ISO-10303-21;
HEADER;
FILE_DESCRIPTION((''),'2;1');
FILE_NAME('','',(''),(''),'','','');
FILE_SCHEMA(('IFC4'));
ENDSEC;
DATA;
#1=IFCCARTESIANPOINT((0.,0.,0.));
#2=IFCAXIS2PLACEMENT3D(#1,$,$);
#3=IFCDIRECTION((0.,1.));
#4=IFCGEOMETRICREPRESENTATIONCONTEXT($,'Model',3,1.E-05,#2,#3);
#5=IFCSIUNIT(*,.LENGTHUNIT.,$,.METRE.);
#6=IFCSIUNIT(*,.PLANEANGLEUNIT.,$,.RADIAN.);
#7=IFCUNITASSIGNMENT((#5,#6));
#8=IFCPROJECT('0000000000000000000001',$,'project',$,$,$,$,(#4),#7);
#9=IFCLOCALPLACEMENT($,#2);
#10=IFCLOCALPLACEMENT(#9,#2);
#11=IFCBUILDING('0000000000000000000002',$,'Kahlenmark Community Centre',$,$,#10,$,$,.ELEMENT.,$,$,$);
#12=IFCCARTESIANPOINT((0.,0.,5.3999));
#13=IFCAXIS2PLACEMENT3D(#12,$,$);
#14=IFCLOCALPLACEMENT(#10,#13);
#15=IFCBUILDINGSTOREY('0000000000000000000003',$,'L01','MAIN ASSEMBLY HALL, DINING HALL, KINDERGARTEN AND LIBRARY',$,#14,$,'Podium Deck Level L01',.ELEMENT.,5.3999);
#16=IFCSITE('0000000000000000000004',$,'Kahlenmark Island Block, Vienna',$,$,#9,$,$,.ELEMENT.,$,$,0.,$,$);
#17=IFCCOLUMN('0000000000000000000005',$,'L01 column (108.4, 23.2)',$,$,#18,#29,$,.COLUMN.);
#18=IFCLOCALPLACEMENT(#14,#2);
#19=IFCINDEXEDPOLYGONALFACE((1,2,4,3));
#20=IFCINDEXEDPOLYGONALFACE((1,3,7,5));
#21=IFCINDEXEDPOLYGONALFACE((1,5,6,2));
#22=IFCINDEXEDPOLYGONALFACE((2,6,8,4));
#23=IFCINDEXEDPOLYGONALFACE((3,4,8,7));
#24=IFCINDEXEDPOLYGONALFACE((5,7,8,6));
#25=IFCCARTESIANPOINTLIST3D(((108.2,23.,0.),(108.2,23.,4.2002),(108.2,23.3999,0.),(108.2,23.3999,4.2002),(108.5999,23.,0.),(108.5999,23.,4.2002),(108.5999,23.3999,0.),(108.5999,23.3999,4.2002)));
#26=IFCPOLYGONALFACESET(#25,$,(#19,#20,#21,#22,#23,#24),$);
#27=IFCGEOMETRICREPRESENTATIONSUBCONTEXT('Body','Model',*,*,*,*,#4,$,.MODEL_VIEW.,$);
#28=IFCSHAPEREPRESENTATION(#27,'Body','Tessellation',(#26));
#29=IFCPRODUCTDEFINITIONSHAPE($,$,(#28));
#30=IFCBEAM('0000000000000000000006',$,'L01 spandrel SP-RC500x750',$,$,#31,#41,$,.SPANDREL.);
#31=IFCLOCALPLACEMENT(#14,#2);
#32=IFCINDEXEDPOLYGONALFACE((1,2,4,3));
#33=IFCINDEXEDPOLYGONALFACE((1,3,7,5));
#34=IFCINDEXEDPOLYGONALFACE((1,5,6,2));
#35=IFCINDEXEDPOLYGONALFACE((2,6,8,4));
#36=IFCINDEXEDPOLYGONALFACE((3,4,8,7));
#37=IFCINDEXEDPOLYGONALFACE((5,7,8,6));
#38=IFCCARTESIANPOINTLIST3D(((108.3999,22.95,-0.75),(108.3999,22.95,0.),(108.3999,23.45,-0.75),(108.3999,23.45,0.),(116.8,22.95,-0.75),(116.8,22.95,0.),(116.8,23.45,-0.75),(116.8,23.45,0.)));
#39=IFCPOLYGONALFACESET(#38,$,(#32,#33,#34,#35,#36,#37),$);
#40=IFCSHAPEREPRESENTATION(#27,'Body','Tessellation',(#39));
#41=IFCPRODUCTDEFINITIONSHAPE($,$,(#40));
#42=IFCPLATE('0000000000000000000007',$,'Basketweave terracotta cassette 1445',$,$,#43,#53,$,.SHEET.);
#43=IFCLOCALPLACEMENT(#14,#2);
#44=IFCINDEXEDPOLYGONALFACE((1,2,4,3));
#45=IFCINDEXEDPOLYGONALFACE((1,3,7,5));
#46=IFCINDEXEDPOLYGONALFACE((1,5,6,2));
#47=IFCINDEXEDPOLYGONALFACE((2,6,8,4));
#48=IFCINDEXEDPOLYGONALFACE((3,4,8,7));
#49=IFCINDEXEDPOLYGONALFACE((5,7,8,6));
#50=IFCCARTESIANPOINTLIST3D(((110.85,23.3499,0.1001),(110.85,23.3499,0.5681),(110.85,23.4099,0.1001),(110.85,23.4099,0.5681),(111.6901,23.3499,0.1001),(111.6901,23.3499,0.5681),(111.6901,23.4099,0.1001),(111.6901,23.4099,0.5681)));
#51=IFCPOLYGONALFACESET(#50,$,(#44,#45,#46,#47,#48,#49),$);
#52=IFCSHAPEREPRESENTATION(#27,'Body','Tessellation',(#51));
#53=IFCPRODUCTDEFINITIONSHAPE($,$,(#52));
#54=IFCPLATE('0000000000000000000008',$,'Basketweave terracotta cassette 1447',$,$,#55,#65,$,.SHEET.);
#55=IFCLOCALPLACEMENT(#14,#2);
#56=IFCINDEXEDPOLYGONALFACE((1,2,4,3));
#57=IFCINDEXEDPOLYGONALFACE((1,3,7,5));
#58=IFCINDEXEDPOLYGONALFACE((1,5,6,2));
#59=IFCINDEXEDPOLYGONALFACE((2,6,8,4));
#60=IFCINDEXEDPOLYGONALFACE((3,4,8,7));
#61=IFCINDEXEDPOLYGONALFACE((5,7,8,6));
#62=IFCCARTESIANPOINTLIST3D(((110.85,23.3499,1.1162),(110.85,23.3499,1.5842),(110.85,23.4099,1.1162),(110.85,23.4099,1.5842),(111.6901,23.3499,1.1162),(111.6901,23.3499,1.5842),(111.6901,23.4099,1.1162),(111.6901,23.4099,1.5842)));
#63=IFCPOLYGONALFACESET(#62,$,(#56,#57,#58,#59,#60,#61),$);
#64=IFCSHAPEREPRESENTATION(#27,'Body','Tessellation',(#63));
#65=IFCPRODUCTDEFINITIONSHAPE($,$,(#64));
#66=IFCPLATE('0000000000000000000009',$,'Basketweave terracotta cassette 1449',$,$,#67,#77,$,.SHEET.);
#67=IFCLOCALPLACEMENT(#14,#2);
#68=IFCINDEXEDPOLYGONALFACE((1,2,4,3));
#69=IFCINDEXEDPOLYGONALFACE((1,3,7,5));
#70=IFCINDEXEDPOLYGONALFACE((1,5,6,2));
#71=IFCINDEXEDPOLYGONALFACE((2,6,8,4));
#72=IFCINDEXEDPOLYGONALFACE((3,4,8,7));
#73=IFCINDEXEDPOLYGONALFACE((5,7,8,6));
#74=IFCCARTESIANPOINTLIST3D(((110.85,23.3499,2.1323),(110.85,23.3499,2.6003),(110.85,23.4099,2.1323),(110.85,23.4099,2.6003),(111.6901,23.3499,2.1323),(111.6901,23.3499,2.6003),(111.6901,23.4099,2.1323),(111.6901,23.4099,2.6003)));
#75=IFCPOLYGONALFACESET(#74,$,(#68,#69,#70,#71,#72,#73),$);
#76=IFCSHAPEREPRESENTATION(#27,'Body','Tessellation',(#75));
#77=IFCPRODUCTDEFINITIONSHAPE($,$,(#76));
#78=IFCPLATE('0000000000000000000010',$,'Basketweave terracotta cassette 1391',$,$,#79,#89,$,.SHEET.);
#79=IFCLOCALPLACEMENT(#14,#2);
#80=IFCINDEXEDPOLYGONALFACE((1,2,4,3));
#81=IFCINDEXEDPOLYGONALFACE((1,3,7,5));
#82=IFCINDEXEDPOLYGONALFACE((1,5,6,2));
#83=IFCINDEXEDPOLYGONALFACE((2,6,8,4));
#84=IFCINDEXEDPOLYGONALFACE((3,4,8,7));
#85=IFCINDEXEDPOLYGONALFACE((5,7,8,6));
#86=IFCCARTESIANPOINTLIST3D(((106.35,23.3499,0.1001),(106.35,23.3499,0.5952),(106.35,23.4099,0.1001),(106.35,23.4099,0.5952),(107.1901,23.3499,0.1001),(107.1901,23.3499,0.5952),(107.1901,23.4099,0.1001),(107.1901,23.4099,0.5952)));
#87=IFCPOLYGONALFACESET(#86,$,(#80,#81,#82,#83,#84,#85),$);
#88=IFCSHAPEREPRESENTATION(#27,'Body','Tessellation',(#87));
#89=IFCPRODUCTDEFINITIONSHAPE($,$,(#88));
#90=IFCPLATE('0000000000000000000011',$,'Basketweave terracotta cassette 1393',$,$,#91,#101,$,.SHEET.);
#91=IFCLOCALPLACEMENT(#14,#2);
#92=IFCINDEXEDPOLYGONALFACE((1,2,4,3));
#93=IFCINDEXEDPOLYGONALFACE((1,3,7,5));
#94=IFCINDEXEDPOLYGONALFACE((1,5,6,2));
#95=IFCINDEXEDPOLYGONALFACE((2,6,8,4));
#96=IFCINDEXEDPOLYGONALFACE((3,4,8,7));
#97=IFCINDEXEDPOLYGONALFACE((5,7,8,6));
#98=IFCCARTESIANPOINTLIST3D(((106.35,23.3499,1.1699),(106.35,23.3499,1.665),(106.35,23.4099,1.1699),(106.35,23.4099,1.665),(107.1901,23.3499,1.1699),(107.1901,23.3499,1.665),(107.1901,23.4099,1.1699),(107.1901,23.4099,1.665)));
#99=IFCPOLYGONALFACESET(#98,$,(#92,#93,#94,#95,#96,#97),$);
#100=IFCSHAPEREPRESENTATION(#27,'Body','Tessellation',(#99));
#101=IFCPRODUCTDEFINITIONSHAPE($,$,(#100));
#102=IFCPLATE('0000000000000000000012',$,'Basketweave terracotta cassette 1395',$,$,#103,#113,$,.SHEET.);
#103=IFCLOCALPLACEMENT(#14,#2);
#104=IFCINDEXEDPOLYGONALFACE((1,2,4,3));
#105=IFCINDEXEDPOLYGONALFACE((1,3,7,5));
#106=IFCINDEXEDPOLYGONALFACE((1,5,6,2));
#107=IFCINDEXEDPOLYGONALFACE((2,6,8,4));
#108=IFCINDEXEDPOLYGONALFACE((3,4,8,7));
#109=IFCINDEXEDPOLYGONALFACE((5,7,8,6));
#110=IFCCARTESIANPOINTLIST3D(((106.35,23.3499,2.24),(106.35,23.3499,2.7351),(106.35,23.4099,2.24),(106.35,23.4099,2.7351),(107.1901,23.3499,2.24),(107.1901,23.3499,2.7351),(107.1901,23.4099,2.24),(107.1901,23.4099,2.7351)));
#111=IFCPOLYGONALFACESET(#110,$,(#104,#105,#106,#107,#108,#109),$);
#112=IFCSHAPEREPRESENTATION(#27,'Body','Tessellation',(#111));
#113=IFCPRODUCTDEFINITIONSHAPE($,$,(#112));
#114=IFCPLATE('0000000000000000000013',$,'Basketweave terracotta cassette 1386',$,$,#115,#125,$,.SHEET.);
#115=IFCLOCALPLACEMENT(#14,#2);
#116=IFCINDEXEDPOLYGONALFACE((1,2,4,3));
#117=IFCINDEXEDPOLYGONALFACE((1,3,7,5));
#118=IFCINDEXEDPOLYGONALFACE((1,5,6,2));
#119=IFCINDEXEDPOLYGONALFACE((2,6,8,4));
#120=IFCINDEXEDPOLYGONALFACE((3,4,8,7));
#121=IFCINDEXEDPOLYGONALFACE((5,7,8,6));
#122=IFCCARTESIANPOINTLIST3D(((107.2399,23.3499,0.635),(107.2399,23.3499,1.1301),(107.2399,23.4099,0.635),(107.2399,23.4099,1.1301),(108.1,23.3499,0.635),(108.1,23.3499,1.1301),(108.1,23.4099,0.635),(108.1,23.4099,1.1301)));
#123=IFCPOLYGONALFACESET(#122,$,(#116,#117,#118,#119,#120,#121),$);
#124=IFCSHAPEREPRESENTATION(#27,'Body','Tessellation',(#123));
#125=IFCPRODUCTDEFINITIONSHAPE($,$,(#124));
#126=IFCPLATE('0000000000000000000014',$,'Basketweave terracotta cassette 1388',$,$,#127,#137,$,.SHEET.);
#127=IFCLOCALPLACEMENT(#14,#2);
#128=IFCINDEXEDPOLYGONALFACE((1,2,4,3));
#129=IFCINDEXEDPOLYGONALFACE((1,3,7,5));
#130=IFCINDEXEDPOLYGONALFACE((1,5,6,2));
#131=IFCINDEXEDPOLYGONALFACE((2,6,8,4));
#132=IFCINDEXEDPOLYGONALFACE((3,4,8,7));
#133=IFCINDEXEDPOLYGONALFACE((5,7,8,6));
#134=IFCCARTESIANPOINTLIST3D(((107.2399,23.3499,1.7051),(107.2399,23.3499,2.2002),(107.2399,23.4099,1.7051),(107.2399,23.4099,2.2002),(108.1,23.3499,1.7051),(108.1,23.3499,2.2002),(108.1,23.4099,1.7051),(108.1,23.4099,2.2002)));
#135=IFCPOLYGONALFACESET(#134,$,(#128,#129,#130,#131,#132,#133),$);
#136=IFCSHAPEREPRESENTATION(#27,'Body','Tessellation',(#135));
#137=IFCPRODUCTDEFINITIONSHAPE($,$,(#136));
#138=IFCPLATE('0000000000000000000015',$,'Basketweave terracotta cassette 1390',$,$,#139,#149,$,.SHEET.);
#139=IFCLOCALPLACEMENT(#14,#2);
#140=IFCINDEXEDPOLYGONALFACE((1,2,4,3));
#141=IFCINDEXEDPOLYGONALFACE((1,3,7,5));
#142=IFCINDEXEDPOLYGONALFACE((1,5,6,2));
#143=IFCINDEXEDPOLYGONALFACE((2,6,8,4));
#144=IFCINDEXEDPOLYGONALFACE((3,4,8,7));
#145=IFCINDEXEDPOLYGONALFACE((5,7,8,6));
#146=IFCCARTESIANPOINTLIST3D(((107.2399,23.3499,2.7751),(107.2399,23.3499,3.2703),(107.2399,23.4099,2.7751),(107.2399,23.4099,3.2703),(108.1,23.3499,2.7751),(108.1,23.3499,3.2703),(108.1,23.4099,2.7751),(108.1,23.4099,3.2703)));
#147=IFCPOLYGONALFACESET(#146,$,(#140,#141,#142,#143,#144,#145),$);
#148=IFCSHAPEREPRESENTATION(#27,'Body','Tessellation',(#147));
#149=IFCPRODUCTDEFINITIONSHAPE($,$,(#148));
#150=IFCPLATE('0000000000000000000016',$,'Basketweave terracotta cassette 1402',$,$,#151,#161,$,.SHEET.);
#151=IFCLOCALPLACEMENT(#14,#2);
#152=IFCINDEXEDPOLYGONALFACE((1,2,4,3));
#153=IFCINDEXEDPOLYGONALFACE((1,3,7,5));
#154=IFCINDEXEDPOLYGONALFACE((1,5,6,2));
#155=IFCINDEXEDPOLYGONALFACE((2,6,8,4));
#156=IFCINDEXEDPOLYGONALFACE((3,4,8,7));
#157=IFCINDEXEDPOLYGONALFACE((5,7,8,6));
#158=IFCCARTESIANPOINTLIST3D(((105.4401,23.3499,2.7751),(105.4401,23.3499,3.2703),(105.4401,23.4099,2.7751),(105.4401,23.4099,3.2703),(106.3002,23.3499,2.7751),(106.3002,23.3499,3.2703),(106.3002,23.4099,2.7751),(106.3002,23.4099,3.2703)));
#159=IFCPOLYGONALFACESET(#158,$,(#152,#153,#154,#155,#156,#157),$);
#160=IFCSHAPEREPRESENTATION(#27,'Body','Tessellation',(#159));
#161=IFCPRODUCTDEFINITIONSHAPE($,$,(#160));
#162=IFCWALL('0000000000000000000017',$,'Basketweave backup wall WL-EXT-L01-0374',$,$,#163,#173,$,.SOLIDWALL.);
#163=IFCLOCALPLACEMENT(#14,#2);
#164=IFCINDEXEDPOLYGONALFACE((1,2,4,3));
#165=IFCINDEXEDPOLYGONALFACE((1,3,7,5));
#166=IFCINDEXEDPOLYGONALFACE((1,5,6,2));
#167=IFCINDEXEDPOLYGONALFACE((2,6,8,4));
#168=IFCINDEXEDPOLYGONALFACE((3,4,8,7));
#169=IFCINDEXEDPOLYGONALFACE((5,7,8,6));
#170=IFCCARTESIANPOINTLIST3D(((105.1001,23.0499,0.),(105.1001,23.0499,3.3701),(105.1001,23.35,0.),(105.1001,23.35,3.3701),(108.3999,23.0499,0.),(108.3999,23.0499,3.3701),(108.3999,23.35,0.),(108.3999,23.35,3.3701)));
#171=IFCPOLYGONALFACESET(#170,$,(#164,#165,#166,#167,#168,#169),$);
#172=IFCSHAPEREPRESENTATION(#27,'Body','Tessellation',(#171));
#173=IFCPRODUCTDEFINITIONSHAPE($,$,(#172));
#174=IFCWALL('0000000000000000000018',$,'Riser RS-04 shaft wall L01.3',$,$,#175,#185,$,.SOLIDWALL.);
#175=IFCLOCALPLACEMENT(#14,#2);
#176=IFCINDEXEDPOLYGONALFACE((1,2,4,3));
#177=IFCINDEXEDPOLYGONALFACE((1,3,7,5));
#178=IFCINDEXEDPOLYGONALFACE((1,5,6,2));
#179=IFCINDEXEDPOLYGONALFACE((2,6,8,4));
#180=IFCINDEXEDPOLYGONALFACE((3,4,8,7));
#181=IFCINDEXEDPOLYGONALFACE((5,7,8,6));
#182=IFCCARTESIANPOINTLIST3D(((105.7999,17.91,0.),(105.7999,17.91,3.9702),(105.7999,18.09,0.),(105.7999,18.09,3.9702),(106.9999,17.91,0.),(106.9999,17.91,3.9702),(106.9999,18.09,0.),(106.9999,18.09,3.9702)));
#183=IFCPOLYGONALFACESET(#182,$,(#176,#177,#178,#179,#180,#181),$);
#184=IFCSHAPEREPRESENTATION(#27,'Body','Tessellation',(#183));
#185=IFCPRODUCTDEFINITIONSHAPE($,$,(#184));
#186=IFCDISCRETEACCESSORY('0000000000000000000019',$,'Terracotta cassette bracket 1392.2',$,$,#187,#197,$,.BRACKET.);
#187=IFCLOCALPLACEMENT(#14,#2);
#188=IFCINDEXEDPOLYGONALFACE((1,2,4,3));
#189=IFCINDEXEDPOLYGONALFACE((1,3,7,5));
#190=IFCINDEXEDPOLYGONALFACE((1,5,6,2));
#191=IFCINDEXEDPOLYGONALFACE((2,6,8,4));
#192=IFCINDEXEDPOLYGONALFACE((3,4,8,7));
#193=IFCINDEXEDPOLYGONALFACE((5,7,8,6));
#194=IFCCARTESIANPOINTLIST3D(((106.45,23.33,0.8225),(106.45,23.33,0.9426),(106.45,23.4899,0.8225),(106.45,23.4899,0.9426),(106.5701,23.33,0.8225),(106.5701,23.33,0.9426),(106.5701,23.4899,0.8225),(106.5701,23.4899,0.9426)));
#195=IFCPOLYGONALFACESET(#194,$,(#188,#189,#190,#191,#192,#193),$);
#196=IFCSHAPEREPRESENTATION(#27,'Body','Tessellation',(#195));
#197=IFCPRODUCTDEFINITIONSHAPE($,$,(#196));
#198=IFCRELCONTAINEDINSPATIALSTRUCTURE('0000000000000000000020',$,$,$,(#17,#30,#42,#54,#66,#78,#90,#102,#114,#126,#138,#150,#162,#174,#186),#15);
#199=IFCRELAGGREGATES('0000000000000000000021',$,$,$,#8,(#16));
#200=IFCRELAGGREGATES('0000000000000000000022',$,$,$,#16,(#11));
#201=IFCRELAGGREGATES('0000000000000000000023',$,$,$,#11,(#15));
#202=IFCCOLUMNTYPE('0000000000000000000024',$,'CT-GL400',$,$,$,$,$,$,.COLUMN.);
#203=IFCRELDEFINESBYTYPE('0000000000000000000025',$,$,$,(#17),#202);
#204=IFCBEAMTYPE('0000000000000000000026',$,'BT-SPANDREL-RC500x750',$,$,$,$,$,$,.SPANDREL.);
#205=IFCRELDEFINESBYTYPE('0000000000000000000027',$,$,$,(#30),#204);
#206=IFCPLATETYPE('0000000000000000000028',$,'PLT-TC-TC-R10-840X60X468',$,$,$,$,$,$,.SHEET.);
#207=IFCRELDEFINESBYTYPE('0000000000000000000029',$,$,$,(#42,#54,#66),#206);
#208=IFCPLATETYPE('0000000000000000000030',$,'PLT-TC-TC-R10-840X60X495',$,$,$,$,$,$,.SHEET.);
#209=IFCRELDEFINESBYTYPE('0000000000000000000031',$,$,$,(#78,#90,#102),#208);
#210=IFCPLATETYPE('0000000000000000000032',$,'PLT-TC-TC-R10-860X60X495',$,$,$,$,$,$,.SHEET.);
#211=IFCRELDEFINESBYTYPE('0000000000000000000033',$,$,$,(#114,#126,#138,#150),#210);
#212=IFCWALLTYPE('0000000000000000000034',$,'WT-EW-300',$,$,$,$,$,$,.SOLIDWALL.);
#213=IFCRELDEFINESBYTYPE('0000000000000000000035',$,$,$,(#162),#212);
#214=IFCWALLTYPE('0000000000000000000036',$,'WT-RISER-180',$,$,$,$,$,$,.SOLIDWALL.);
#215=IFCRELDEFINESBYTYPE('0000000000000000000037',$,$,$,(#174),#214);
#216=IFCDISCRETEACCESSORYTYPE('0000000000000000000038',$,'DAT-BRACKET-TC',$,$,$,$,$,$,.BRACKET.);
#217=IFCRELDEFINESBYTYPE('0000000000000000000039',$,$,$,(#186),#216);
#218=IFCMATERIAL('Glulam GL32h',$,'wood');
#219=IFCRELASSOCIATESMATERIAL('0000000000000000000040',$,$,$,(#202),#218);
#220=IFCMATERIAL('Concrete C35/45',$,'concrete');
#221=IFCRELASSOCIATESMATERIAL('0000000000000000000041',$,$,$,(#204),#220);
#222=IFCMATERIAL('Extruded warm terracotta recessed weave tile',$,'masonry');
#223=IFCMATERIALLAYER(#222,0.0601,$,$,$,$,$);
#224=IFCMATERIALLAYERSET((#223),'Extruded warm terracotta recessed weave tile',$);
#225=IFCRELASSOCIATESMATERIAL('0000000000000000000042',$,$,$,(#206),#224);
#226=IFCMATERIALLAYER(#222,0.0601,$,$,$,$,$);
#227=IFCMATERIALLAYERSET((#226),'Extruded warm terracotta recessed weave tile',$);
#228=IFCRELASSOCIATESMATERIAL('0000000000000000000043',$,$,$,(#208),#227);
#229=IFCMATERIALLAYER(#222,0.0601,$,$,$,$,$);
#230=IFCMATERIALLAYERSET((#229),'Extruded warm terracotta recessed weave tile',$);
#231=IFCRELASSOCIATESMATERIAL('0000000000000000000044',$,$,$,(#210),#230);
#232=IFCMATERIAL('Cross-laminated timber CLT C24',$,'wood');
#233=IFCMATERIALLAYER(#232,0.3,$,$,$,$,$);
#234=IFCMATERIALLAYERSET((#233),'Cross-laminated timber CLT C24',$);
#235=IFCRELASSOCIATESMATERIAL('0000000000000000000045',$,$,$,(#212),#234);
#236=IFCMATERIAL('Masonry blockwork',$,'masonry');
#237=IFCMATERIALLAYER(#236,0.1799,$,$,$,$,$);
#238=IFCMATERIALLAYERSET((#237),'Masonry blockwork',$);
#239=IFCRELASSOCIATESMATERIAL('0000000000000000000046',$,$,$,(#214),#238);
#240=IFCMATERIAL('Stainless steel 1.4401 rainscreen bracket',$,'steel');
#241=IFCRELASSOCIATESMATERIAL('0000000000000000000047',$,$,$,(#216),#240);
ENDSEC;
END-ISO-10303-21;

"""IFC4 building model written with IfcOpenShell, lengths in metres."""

from ifc_helpers import new_model, si_unit, direction, frame, frame_2d, origin, origin_2d, place, context, subcontext, project, spatial, rectangle, extrude, material, layer, layer_set, material_profile, profile_set, type_object, element, save


model = new_model("IFC4")

# Units and contexts
model_context = context("Model", 3, precision=1e-05, world=origin(), true_north=direction((0.0, 1.0)))
body_context = subcontext(model_context, "Body", "Model", "MODEL_VIEW")
ifc_project = project(units=[si_unit("LENGTHUNIT", "METRE"), si_unit("PLANEANGLEUNIT", "RADIAN")], contexts=[model_context])

# Site, building, storey
site_placement = place(None, origin())
site = spatial("IfcSite", under=ifc_project, at=site_placement, Name="Kahlenmark Island Block, Vienna", CompositionType="ELEMENT", RefElevation=0.0)
building_placement = place(site_placement, origin())
building = spatial("IfcBuilding", under=site, at=building_placement, Name="Kahlenmark Community Centre", CompositionType="ELEMENT")
storey_placement = place(building_placement, frame((0.0, 0.0, 5.3999)))
storey = spatial("IfcBuildingStorey", under=building, at=storey_placement, Name="L01", Description="MAIN ASSEMBLY HALL, DINING HALL, KINDERGARTEN AND LIBRARY", LongName="Podium Deck Level L01", CompositionType="ELEMENT", Elevation=5.3999)

# Column
ifc_material_1 = material(Name="Glulam GL32h", Category="wood")
ifc_material_profile_1 = material_profile(ifc_material_1, rectangle(XDim=0.3999, YDim=0.3999, at=origin_2d()), Name="GL32h 400x400")
ifc_profile_set_1 = profile_set([ifc_material_profile_1], Name="Glulam GL32h")
column_type = type_object("IfcColumnType", Name="CT-GL400", PredefinedType="COLUMN", material=ifc_profile_set_1)
column_placement = place(storey_placement, frame((108.3999, 23.2, 0.0), z_axis=(0.0, 0.0, 1.0), x_axis=(1.0, 0.0, 0.0)))
element("IfcColumn", 1, at=column_placement, inside=storey, type_object=column_type, Name="L01 column (108.4, 23.2)", PredefinedType="COLUMN", context=body_context, shape_type="SweptSolid", body=[
    extrude(rectangle(XDim=0.3999, YDim=0.3999, at=origin_2d()), origin(), (0.0, 0.0, 1.0), 4.2002),
])

# Beam
ifc_material_2 = material(Name="Concrete C35/45", Category="concrete")
ifc_material_profile_2 = material_profile(ifc_material_2, rectangle(XDim=0.5, YDim=0.75, at=origin_2d()), Name="RC 500x750")
ifc_profile_set_2 = profile_set([ifc_material_profile_2], Name="Concrete C35/45")
beam_type = type_object("IfcBeamType", Name="BT-SPANDREL-RC500x750", PredefinedType="SPANDREL", material=ifc_profile_set_2)
beam_placement = place(storey_placement, frame((108.3999, 23.2, -0.375), z_axis=(1.0, 0.0, 0.0), x_axis=(0.0, 1.0, 0.0)))
element("IfcBeam", 2, at=beam_placement, inside=storey, type_object=beam_type, Name="L01 spandrel SP-RC500x750", PredefinedType="SPANDREL", context=body_context, shape_type="SweptSolid", body=[
    extrude(rectangle(XDim=0.5, YDim=0.75, at=origin_2d()), origin(), (0.0, 0.0, 1.0), 8.4001),
])

# Plates
ifc_material_3 = material(Name="Extruded warm terracotta recessed weave tile", Category="masonry")
ifc_layer_1 = layer(ifc_material_3, 0.0601)
ifc_layer_set_1 = layer_set([ifc_layer_1], Name="Extruded warm terracotta recessed weave tile")
plate_type_1 = type_object("IfcPlateType", Name="PLT-TC-TC-R10-840X60X468", PredefinedType="SHEET", material=ifc_layer_set_1)
for number, where, z_axis, x_axis, name in (
    (3, (111.27, 23.3799, 0.1001), (0.0, 0.0, 1.0), (-1.0, 0.0, 0.0), "Basketweave terracotta cassette 1445"),
    (4, (111.27, 23.3799, 1.1162), (0.0, 0.0, 1.0), (-1.0, 0.0, 0.0), "Basketweave terracotta cassette 1447"),
    (5, (111.27, 23.3799, 2.1323), (0.0, 0.0, 1.0), (-1.0, 0.0, 0.0), "Basketweave terracotta cassette 1449"),
):
    element("IfcPlate", number, at=place(storey_placement, frame(where, z_axis=z_axis, x_axis=x_axis)), inside=storey, type_object=plate_type_1, Name=name, PredefinedType="SHEET", context=body_context, shape_type="SweptSolid", body=[
        extrude(rectangle(XDim=0.8401, YDim=0.0601, at=origin_2d()), origin(), (0.0, 0.0, 1.0), 0.468),
    ])
ifc_layer_2 = layer(ifc_material_3, 0.0601)
ifc_layer_set_2 = layer_set([ifc_layer_2], Name="Extruded warm terracotta recessed weave tile")
plate_type_2 = type_object("IfcPlateType", Name="PLT-TC-TC-R10-840X60X495", PredefinedType="SHEET", material=ifc_layer_set_2)
for number, where, z_axis, x_axis, name in (
    (6, (106.77, 23.3799, 0.1001), (0.0, 0.0, 1.0), (-1.0, 0.0, 0.0), "Basketweave terracotta cassette 1391"),
    (7, (106.77, 23.3799, 1.1699), (0.0, 0.0, 1.0), (-1.0, 0.0, 0.0), "Basketweave terracotta cassette 1393"),
    (8, (106.77, 23.3799, 2.24), (0.0, 0.0, 1.0), (-1.0, 0.0, 0.0), "Basketweave terracotta cassette 1395"),
):
    element("IfcPlate", number, at=place(storey_placement, frame(where, z_axis=z_axis, x_axis=x_axis)), inside=storey, type_object=plate_type_2, Name=name, PredefinedType="SHEET", context=body_context, shape_type="SweptSolid", body=[
        extrude(rectangle(XDim=0.8401, YDim=0.0601, at=origin_2d()), origin(), (0.0, 0.0, 1.0), 0.4951),
    ])
ifc_layer_3 = layer(ifc_material_3, 0.0601)
ifc_layer_set_3 = layer_set([ifc_layer_3], Name="Extruded warm terracotta recessed weave tile")
plate_type_3 = type_object("IfcPlateType", Name="PLT-TC-TC-R10-860X60X495", PredefinedType="SHEET", material=ifc_layer_set_3)
for number, where, z_axis, x_axis, name in (
    (9, (107.6699, 23.3799, 0.635), (0.0, 0.0, 1.0), (-1.0, 0.0, 0.0), "Basketweave terracotta cassette 1386"),
    (10, (107.6699, 23.3799, 1.7051), (0.0, 0.0, 1.0), (-1.0, 0.0, 0.0), "Basketweave terracotta cassette 1388"),
    (11, (107.6699, 23.3799, 2.7751), (0.0, 0.0, 1.0), (-1.0, 0.0, 0.0), "Basketweave terracotta cassette 1390"),
    (12, (105.8701, 23.3799, 2.7751), (0.0, 0.0, 1.0), (-1.0, 0.0, 0.0), "Basketweave terracotta cassette 1402"),
):
    element("IfcPlate", number, at=place(storey_placement, frame(where, z_axis=z_axis, x_axis=x_axis)), inside=storey, type_object=plate_type_3, Name=name, PredefinedType="SHEET", context=body_context, shape_type="SweptSolid", body=[
        extrude(rectangle(XDim=0.8601, YDim=0.0601, at=origin_2d()), origin(), (0.0, 0.0, 1.0), 0.4951),
    ])

# Walls
ifc_material_4 = material(Name="Cross-laminated timber CLT C24", Category="wood")
ifc_layer_4 = layer(ifc_material_4, 0.3)
ifc_layer_set_4 = layer_set([ifc_layer_4], Name="Cross-laminated timber CLT C24")
wall_type_1 = type_object("IfcWallType", Name="WT-EW-300", PredefinedType="SOLIDWALL", material=ifc_layer_set_4)
wall_1_placement = place(storey_placement, frame((108.3999, 23.2, 0.0), z_axis=(0.0, 0.0, 1.0), x_axis=(-1.0, 0.0, 0.0)))
element("IfcWall", 13, at=wall_1_placement, inside=storey, type_object=wall_type_1, Name="Basketweave backup wall WL-EXT-L01-0374", PredefinedType="SOLIDWALL", context=body_context, shape_type="SweptSolid", body=[
    extrude(rectangle(XDim=3.2998, YDim=0.3, at=frame_2d((1.6499, 0.0))), origin(), (0.0, 0.0, 1.0), 3.3701),
])
ifc_material_5 = material(Name="Masonry blockwork", Category="masonry")
ifc_layer_5 = layer(ifc_material_5, 0.1799)
ifc_layer_set_5 = layer_set([ifc_layer_5], Name="Masonry blockwork")
wall_type_2 = type_object("IfcWallType", Name="WT-RISER-180", PredefinedType="SOLIDWALL", material=ifc_layer_set_5)
wall_2_placement = place(storey_placement, frame((107.0, 18.0, 0.0), z_axis=(0.0, 0.0, 1.0), x_axis=(-1.0, 0.0, 0.0)))
element("IfcWall", 14, at=wall_2_placement, inside=storey, type_object=wall_type_2, Name="Riser RS-04 shaft wall L01.3", PredefinedType="SOLIDWALL", context=body_context, shape_type="SweptSolid", body=[
    extrude(rectangle(XDim=1.2, YDim=0.1799, at=frame_2d((0.6001, 0.0))), origin(), (0.0, 0.0, 1.0), 3.9702),
])

# Discrete accessory
ifc_material_6 = material(Name="Stainless steel 1.4401 rainscreen bracket", Category="steel")
discrete_accessory_type = type_object("IfcDiscreteAccessoryType", Name="DAT-BRACKET-TC", PredefinedType="BRACKET", material=ifc_material_6)
for number, where, z_axis, x_axis, name in (
    (15, (106.51, 23.4099, 0.8225), (0.0, 0.0, 1.0), (-1.0, 0.0, 0.0), "Terracotta cassette bracket 1392.2"),
):
    element("IfcDiscreteAccessory", number, at=place(storey_placement, frame(where, z_axis=z_axis, x_axis=x_axis)), inside=storey, type_object=discrete_accessory_type, Name=name, PredefinedType="BRACKET", context=body_context, shape_type="SweptSolid", body=[
        extrude(rectangle(XDim=0.1201, YDim=0.1599, at=origin_2d()), origin(), (0.0, 0.0, 1.0), 0.1201),
    ])

save(model, "model.ifc")
